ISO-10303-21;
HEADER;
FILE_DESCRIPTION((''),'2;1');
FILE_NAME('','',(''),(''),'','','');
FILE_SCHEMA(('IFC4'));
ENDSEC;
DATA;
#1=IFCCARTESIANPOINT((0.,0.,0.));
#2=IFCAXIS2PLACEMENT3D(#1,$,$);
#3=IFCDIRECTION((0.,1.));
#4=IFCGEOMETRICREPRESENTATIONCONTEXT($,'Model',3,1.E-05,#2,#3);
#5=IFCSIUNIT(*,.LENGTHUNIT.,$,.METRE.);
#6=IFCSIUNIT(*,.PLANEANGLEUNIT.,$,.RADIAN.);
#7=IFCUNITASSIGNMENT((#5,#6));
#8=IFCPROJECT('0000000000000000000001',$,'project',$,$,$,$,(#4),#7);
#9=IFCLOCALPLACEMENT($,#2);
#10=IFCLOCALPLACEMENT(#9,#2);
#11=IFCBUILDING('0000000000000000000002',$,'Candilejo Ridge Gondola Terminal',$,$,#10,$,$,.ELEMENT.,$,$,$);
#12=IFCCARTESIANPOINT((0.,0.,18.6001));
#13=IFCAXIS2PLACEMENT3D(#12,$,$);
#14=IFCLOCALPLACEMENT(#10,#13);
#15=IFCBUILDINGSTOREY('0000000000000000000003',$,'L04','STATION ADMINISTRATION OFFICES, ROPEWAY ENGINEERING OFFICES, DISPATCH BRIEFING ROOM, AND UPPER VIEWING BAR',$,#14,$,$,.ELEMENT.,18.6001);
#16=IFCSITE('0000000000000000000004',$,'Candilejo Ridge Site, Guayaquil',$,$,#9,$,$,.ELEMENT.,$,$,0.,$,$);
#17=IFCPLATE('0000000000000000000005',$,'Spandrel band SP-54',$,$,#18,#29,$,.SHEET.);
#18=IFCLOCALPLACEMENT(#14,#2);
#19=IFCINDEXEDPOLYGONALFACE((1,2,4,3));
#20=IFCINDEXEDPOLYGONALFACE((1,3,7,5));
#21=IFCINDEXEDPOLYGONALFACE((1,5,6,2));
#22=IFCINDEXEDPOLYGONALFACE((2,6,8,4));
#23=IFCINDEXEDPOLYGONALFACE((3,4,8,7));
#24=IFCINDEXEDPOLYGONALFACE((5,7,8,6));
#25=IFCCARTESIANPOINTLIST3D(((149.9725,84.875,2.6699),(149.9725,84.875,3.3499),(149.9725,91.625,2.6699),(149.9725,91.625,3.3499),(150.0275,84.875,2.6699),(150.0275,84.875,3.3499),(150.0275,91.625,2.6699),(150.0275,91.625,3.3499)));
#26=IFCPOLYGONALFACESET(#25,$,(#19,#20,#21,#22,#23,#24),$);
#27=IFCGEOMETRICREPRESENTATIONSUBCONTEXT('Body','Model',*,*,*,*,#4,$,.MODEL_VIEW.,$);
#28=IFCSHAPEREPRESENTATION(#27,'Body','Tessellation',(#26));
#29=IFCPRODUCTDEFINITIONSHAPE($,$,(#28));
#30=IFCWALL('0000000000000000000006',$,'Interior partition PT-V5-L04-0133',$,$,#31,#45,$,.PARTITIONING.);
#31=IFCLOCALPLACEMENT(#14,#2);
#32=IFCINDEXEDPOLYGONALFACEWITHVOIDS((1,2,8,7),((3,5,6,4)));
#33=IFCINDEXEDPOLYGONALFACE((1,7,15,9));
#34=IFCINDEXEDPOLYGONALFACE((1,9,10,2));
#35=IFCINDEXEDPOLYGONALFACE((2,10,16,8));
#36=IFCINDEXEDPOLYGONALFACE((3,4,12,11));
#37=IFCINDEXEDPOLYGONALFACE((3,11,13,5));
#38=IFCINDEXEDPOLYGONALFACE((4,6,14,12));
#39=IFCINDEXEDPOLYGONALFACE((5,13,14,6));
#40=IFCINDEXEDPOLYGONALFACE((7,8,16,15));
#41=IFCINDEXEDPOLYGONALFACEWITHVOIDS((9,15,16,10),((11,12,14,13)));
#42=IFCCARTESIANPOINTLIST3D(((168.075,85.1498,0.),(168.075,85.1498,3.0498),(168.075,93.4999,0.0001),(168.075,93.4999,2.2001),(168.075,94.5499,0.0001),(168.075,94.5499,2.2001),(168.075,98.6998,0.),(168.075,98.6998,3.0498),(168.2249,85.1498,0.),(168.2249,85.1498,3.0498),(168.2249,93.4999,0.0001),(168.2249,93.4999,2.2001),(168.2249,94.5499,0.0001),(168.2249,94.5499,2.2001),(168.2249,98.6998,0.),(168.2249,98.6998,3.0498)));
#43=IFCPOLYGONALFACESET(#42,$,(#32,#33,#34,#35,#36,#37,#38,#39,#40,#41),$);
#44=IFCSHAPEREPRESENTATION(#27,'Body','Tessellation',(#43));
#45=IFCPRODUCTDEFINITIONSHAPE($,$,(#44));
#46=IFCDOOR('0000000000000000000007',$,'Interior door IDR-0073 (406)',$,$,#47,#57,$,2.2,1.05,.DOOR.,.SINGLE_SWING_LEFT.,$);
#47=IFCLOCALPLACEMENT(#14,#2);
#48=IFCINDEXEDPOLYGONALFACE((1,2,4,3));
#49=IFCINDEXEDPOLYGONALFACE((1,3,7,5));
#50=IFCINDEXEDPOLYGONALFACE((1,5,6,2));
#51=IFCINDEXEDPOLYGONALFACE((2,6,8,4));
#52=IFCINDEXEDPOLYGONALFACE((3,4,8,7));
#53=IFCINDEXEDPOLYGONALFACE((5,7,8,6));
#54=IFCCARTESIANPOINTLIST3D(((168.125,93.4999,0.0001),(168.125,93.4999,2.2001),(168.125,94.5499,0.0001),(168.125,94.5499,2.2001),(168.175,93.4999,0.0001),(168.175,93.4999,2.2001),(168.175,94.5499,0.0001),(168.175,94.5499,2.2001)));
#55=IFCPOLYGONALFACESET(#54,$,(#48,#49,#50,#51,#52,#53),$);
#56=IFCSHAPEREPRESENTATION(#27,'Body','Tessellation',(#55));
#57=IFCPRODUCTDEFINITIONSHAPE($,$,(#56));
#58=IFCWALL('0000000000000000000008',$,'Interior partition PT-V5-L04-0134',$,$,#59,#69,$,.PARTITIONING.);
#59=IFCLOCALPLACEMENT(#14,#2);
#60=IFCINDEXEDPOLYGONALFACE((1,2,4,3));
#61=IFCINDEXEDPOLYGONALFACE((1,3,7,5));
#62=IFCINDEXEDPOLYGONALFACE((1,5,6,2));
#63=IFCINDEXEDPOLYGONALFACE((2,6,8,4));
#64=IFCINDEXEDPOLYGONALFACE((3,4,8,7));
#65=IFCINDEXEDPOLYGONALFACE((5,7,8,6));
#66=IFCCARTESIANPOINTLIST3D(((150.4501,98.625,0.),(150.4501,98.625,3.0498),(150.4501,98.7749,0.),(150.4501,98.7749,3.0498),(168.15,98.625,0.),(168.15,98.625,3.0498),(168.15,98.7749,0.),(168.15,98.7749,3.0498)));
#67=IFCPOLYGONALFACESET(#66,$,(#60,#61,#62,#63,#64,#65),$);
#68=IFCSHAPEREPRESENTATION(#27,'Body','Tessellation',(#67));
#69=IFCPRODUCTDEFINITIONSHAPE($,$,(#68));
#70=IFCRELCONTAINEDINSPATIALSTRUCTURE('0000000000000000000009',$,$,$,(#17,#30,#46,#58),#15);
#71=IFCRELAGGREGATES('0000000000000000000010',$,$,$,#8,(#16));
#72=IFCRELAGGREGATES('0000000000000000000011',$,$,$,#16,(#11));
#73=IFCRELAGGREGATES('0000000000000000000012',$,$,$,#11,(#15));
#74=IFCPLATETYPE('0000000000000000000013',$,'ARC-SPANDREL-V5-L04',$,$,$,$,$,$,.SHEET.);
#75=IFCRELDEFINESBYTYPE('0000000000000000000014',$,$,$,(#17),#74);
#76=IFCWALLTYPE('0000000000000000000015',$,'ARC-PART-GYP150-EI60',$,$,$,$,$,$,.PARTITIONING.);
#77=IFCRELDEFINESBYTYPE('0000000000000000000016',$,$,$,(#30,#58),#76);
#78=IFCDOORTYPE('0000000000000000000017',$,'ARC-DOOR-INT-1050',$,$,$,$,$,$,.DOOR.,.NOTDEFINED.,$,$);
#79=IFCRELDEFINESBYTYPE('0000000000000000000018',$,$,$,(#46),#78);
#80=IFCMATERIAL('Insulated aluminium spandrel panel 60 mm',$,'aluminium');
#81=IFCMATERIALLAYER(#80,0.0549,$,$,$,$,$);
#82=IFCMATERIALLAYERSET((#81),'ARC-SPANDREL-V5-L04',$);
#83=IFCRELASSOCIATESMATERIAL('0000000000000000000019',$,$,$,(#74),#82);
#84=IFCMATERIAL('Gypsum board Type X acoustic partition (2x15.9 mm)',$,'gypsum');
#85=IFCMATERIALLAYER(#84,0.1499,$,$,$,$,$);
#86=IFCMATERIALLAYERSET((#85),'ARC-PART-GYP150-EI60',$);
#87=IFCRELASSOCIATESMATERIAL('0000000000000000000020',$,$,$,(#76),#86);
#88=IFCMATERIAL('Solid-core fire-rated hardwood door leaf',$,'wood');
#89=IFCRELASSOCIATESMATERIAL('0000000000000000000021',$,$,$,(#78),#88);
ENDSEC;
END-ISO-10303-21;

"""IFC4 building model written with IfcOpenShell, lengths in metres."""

from ifc_helpers import new_model, si_unit, direction, frame, frame_2d, origin, origin_2d, place, context, subcontext, project, spatial, rectangle, extrude, material, layer, layer_set, type_object, element, fill, save


model = new_model("IFC4")

# Units and contexts
model_context = context("Model", 3, precision=1e-05, world=origin(), true_north=direction((0.0, 1.0)))
body_context = subcontext(model_context, "Body", "Model", "MODEL_VIEW")
ifc_project = project(units=[si_unit("LENGTHUNIT", "METRE"), si_unit("PLANEANGLEUNIT", "RADIAN")], contexts=[model_context])

# Site, building, storey
site_placement = place(None, origin())
site = spatial("IfcSite", under=ifc_project, at=site_placement, Name="Candilejo Ridge Site, Guayaquil", CompositionType="ELEMENT", RefElevation=0.0)
building_placement = place(site_placement, origin())
building = spatial("IfcBuilding", under=site, at=building_placement, Name="Candilejo Ridge Gondola Terminal", CompositionType="ELEMENT")
storey_placement = place(building_placement, frame((0.0, 0.0, 18.6001)))
storey = spatial("IfcBuildingStorey", under=building, at=storey_placement, Name="L04", Description="STATION ADMINISTRATION OFFICES, ROPEWAY ENGINEERING OFFICES, DISPATCH BRIEFING ROOM, AND UPPER VIEWING BAR", CompositionType="ELEMENT", Elevation=18.6001)

# Plate
ifc_material_1 = material(Name="Insulated aluminium spandrel panel 60 mm", Category="aluminium")
ifc_layer_1 = layer(ifc_material_1, 0.0549)
ifc_layer_set_1 = layer_set([ifc_layer_1], Name="ARC-SPANDREL-V5-L04")
plate_type_1 = type_object("IfcPlateType", Name="ARC-SPANDREL-V5-L04", PredefinedType="SHEET", material=ifc_layer_set_1)
plate_1_placement = place(storey_placement, frame((150.0, 88.25, 2.6699), z_axis=(0.0, 0.0, 1.0), x_axis=(0.0, 1.0, 0.0)))
element("IfcPlate", 1, at=plate_1_placement, inside=storey, type_object=plate_type_1, Name="Spandrel band SP-54", PredefinedType="SHEET", context=body_context, shape_type="SweptSolid", body=[
    extrude(rectangle(XDim=6.75, YDim=0.0549, at=origin_2d()), origin(), (0.0, 0.0, 1.0), 0.6799),
])

# Wall, opening, door
ifc_material_2 = material(Name="Gypsum board Type X acoustic partition (2x15.9 mm)", Category="gypsum")
ifc_layer_2 = layer(ifc_material_2, 0.1499)
ifc_layer_set_2 = layer_set([ifc_layer_2], Name="ARC-PART-GYP150-EI60")
wall_type = type_object("IfcWallType", Name="ARC-PART-GYP150-EI60", PredefinedType="PARTITIONING", material=ifc_layer_set_2)
wall_1_placement = place(storey_placement, frame((168.1499, 85.1499, 0.0), z_axis=(0.0, 0.0, 1.0), x_axis=(0.0, 1.0, 0.0)))
wall_1 = element("IfcWall", 2, at=wall_1_placement, inside=storey, type_object=wall_type, Name="Interior partition PT-V5-L04-0133", PredefinedType="PARTITIONING", context=body_context, shape_type="SweptSolid", body=[
    extrude(rectangle(XDim=13.55, YDim=0.1499, at=frame_2d((6.7749, 0.0))), origin(), (0.0, 0.0, 1.0), 3.0498),
])
opening_placement = place(wall_1_placement, frame((8.3501, 0.0, 0.0)))
opening = element("IfcOpeningElement", 3, at=opening_placement, cuts=wall_1, PredefinedType="OPENING", context=body_context, shape_type="SweptSolid", body=[
    extrude(rectangle(XDim=1.05, YDim=2.2, at=frame_2d((0.5249, 1.1001))), frame((0.0, 0.085, 0.0), z_axis=(0.0, -1.0, 0.0), x_axis=(1.0, 0.0, 0.0)), (0.0, 0.0, 1.0), 0.1699),
])
ifc_material_3 = material(Name="Solid-core fire-rated hardwood door leaf", Category="wood")
door_type = type_object("IfcDoorType", Name="ARC-DOOR-INT-1050", OperationType="NOTDEFINED", PredefinedType="DOOR", material=ifc_material_3)
door_placement = place(opening_placement, origin())
door = element("IfcDoor", 4, at=door_placement, inside=storey, type_object=door_type, Name="Interior door IDR-0073 (406)", OperationType="SINGLE_SWING_LEFT", OverallHeight=2.2, OverallWidth=1.05, PredefinedType="DOOR", context=body_context, shape_type="SweptSolid", body=[
    extrude(rectangle(XDim=1.05, YDim=2.2, at=frame_2d((0.5249, 1.1001))), frame((0.0, 0.0249, 0.0), z_axis=(0.0, -1.0, 0.0), x_axis=(1.0, 0.0, 0.0)), (0.0, 0.0, 1.0), 0.05),
])
fill(opening, door)

# Wall
wall_2_placement = place(storey_placement, frame((150.45, 98.7, 0.0), z_axis=(0.0, 0.0, 1.0), x_axis=(1.0, 0.0, 0.0)))
element("IfcWall", 5, at=wall_2_placement, inside=storey, type_object=wall_type, Name="Interior partition PT-V5-L04-0134", PredefinedType="PARTITIONING", context=body_context, shape_type="SweptSolid", body=[
    extrude(rectangle(XDim=17.7, YDim=0.1499, at=frame_2d((8.8501, 0.0))), origin(), (0.0, 0.0, 1.0), 3.0498),
])

save(model, "model.ifc")
